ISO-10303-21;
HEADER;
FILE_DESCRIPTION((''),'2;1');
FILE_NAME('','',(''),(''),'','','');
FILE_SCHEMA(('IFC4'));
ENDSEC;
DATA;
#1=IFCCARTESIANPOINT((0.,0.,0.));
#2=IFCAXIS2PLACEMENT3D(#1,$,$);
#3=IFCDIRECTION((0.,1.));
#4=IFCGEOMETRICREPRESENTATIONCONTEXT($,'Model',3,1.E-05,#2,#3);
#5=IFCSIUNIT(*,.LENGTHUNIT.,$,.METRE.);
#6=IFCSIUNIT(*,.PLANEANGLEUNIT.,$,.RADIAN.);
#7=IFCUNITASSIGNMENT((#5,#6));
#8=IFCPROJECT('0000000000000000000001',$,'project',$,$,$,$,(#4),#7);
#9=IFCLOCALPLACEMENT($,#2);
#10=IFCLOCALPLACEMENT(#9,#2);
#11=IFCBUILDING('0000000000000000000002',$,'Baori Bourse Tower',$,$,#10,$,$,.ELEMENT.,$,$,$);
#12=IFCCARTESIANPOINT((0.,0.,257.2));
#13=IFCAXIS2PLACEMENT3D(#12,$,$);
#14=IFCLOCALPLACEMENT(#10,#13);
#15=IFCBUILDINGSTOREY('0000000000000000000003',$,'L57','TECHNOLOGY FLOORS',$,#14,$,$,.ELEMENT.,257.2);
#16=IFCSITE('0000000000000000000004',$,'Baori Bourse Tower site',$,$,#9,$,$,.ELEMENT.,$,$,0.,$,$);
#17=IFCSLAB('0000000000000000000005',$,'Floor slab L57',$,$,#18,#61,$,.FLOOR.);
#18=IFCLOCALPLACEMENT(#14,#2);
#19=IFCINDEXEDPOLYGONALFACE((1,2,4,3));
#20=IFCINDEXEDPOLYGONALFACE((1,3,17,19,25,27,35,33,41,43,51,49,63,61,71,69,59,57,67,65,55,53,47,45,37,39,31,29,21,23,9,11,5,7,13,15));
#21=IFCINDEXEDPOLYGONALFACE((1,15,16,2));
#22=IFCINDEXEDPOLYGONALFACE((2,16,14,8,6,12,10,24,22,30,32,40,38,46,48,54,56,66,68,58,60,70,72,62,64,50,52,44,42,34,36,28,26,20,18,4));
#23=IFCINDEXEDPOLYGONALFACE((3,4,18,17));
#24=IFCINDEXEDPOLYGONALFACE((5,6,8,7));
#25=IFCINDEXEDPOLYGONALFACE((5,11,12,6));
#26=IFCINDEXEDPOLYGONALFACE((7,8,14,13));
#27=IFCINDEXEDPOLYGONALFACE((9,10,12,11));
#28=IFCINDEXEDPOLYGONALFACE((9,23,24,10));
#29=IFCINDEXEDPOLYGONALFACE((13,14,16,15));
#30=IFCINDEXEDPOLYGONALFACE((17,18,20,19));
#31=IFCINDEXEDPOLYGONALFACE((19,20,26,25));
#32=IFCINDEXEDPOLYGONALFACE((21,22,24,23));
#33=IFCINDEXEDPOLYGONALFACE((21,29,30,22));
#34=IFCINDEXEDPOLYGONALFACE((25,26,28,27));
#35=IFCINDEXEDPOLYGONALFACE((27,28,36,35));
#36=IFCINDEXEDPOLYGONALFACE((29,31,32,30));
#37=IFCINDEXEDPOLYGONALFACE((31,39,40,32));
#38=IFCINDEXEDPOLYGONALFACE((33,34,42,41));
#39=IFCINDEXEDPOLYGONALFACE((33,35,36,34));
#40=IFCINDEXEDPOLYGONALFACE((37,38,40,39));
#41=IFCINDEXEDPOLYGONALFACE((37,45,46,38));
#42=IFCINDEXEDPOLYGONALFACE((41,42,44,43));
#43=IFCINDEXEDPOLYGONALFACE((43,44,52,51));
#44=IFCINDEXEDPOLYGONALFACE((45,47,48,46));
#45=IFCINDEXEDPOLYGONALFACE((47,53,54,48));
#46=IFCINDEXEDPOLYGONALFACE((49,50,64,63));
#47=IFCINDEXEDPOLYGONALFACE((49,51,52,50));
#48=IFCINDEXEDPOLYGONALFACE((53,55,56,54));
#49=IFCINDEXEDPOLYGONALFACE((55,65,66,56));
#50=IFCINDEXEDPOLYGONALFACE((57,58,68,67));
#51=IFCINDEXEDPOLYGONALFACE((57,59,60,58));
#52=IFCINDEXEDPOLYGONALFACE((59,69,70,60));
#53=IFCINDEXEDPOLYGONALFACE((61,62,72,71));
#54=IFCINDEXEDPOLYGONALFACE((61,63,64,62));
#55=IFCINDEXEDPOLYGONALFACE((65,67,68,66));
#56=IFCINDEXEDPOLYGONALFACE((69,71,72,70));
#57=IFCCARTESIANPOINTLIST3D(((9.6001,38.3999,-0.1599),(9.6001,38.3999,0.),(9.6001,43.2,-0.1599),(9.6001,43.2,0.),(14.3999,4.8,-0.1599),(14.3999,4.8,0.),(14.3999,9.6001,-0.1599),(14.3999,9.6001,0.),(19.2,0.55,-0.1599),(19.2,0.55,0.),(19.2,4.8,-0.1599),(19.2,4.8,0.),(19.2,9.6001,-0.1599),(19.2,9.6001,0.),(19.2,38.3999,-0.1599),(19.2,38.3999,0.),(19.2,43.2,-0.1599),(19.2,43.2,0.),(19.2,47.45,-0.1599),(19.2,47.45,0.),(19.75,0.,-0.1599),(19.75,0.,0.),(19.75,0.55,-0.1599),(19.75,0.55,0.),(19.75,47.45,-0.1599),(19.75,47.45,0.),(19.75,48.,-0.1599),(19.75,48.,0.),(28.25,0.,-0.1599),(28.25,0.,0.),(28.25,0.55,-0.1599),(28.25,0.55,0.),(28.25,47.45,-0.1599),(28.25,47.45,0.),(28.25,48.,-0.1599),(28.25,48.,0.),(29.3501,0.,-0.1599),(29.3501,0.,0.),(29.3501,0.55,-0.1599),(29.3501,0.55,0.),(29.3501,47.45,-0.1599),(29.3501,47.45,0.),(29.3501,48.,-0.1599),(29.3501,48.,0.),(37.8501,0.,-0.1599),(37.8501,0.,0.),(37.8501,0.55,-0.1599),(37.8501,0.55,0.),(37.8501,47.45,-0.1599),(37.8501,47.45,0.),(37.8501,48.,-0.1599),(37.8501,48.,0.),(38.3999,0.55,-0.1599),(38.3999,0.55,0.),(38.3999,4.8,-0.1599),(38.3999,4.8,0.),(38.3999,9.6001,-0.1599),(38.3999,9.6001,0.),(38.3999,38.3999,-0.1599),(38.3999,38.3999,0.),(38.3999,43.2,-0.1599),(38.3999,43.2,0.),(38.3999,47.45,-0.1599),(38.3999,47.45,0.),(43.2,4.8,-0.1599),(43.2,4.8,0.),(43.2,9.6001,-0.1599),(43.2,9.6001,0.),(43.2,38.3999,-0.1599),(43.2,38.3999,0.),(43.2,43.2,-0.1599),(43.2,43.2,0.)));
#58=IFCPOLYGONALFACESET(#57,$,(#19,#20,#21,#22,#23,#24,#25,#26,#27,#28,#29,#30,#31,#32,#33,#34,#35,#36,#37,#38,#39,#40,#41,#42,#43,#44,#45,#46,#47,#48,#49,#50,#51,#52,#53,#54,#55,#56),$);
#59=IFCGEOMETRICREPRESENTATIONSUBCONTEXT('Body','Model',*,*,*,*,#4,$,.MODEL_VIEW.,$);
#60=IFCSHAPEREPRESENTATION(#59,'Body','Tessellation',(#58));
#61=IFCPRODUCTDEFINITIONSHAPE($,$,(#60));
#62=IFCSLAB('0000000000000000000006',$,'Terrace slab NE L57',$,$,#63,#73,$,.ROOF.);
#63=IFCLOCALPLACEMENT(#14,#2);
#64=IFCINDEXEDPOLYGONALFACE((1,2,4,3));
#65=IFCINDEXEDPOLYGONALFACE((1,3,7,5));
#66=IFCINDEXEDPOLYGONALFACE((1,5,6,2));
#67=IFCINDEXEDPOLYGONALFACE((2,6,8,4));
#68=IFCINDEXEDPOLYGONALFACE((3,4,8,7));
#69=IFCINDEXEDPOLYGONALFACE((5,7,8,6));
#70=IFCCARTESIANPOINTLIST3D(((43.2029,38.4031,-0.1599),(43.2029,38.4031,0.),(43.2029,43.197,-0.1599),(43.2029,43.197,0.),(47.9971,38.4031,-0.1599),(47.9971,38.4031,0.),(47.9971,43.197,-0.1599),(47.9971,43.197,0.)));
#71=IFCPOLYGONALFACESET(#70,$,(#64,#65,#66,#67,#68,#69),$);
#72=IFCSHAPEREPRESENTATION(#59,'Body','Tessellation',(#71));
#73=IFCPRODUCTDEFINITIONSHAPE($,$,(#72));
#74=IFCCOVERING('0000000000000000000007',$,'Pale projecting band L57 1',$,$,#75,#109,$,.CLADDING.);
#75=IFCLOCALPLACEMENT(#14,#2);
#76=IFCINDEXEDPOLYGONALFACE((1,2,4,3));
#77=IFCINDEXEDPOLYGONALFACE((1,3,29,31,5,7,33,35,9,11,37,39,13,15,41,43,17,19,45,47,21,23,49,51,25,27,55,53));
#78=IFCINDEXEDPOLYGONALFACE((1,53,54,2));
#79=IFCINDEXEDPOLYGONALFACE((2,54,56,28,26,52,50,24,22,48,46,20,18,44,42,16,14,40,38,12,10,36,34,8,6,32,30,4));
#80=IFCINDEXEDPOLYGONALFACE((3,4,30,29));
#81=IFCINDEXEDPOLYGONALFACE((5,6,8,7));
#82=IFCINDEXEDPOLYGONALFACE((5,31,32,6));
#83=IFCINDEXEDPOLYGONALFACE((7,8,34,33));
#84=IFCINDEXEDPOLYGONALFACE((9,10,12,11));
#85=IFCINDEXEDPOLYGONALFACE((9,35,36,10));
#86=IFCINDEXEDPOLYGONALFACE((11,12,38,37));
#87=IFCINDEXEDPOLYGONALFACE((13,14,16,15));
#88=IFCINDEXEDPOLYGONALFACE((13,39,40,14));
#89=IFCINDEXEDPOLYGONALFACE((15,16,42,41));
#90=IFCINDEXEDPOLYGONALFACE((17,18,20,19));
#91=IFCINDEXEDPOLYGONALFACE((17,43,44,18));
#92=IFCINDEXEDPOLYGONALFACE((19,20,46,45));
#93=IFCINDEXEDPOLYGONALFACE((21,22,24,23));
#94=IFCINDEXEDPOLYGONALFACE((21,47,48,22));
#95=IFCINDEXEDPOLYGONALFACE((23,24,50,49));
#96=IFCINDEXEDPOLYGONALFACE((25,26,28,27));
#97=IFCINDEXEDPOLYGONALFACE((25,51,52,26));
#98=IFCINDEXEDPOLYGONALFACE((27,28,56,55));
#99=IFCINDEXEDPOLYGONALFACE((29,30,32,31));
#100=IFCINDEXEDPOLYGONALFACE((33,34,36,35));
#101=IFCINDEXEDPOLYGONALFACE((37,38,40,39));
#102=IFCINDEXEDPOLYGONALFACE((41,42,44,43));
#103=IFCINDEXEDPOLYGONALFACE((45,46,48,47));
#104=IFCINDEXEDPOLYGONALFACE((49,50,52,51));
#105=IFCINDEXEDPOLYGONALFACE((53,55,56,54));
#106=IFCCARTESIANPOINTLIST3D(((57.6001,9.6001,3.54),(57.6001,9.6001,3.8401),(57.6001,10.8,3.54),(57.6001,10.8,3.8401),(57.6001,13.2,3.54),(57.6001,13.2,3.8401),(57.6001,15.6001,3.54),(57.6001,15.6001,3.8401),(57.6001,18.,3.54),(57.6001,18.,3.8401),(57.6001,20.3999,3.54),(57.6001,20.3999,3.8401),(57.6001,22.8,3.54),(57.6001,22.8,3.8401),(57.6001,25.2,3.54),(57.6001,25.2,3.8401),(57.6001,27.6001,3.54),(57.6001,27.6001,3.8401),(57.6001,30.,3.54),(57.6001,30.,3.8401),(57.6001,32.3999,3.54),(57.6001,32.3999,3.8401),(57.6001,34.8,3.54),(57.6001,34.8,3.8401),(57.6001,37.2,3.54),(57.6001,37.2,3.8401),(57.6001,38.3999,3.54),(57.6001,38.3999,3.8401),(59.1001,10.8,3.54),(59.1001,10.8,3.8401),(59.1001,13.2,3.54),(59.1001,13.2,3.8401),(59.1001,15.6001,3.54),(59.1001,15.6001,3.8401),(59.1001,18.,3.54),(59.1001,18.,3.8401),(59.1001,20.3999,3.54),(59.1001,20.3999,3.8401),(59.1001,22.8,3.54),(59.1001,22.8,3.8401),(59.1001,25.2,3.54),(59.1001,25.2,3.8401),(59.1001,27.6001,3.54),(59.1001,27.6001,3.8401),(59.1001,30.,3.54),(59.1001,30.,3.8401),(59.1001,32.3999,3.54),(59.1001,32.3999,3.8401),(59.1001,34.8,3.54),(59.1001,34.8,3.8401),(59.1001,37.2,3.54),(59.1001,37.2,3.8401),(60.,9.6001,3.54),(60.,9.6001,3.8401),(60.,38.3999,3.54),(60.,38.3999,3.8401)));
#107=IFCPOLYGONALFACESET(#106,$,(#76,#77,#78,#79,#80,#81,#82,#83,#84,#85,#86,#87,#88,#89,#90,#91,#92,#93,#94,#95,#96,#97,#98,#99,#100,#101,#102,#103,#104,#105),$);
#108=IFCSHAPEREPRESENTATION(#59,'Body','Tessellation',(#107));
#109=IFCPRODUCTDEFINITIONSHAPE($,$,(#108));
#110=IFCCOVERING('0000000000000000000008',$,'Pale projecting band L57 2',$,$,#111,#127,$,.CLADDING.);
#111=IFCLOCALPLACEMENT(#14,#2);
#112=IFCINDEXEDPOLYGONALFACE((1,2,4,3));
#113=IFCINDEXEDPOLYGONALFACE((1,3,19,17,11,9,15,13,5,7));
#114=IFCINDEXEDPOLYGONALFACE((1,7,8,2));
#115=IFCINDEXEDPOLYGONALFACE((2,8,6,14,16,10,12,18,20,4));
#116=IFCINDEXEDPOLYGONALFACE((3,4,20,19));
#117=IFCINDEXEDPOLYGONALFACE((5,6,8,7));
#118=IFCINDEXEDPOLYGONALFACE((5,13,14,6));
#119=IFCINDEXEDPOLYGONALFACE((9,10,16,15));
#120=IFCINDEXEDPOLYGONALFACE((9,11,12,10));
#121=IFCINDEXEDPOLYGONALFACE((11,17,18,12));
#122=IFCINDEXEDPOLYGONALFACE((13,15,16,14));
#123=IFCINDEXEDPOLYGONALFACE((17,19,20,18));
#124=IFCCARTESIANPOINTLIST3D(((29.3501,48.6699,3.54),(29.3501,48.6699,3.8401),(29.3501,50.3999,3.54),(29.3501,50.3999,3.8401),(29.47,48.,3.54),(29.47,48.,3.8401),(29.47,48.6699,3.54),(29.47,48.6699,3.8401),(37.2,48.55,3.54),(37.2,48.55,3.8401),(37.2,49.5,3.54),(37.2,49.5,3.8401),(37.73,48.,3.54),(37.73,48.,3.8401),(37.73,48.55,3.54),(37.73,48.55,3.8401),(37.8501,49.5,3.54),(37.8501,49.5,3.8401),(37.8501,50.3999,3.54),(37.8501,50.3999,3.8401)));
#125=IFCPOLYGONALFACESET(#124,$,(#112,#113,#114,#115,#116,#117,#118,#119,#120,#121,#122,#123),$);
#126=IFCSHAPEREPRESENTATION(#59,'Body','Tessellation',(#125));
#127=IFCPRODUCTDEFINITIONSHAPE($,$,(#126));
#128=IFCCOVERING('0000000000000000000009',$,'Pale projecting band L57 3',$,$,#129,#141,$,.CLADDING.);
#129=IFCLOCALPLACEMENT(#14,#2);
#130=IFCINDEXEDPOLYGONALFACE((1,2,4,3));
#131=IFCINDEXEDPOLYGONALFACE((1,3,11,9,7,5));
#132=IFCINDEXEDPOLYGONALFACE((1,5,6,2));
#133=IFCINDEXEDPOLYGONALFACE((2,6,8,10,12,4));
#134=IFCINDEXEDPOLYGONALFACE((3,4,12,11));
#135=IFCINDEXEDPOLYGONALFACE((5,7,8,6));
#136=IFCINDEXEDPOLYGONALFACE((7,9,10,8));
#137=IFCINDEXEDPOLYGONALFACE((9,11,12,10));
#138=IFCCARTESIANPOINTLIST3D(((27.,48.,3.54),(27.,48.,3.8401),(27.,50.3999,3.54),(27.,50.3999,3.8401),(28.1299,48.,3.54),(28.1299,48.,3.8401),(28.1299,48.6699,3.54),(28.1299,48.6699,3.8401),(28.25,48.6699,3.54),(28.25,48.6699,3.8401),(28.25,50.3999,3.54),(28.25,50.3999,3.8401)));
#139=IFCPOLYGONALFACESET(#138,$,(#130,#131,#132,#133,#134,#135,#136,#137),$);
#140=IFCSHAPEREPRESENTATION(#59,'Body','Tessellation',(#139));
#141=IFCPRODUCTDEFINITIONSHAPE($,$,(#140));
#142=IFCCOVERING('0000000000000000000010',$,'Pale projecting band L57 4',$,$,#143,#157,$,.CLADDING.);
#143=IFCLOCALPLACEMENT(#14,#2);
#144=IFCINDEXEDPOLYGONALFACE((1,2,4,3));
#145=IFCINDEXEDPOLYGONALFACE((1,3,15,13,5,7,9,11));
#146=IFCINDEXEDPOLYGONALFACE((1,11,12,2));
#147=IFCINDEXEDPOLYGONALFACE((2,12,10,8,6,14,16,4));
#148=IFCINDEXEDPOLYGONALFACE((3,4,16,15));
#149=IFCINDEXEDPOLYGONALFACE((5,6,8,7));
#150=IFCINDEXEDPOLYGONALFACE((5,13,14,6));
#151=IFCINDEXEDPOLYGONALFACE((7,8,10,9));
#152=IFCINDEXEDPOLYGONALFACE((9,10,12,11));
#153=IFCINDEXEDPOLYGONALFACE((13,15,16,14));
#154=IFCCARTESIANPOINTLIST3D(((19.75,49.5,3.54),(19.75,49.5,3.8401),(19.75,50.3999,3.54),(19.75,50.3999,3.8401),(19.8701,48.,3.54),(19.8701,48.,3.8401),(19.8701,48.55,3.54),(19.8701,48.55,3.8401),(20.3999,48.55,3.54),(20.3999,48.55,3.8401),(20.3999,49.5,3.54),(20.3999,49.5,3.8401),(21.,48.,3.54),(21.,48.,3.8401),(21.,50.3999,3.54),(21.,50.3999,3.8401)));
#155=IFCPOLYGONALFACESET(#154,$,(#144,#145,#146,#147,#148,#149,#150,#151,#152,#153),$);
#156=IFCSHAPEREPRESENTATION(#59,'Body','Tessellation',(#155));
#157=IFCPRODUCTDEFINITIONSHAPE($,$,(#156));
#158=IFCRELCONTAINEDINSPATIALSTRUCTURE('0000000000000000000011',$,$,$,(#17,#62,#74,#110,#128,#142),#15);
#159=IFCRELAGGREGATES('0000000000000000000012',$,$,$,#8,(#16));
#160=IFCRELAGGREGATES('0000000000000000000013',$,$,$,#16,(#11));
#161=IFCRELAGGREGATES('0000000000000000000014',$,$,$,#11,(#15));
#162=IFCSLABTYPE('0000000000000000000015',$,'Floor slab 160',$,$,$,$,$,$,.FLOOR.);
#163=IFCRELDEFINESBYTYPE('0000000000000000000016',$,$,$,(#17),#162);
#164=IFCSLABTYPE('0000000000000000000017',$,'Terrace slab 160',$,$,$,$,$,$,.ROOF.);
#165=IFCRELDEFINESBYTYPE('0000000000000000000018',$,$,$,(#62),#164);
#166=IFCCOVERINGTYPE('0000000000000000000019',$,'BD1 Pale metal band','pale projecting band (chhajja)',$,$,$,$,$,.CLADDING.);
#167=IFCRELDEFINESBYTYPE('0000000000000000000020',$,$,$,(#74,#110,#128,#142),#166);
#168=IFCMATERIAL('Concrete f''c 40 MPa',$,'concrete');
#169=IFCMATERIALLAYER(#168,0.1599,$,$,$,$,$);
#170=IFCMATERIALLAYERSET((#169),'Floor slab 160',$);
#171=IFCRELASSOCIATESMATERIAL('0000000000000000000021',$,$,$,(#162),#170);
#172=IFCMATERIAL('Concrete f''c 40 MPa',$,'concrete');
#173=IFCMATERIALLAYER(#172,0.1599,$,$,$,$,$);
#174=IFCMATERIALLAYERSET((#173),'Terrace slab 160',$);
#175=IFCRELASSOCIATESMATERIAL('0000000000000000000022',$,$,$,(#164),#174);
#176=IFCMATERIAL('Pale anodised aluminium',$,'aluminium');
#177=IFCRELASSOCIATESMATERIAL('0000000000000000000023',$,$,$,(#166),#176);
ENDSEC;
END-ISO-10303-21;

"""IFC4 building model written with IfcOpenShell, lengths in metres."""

from ifc_helpers import new_model, si_unit, direction, frame, origin, place, context, subcontext, project, spatial, polyline, outline, extrude, material, layer, layer_set, type_object, element, save


model = new_model("IFC4")

# Units and contexts
model_context = context("Model", 3, precision=1e-05, world=origin(), true_north=direction((0.0, 1.0)))
body_context = subcontext(model_context, "Body", "Model", "MODEL_VIEW")
ifc_project = project(units=[si_unit("LENGTHUNIT", "METRE"), si_unit("PLANEANGLEUNIT", "RADIAN")], contexts=[model_context])

# Site, building, storey
site_placement = place(None, origin())
site = spatial("IfcSite", under=ifc_project, at=site_placement, Name="Baori Bourse Tower site", CompositionType="ELEMENT", RefElevation=0.0)
building_placement = place(site_placement, origin())
building = spatial("IfcBuilding", under=site, at=building_placement, Name="Baori Bourse Tower", CompositionType="ELEMENT")
storey_placement = place(building_placement, frame((0.0, 0.0, 257.2)))
storey = spatial("IfcBuildingStorey", under=building, at=storey_placement, Name="L57", Description="TECHNOLOGY FLOORS", CompositionType="ELEMENT", Elevation=257.2)

# Slabs
ifc_material_1 = material(Name="Concrete f'c 40 MPa", Category="concrete")
ifc_layer_1 = layer(ifc_material_1, 0.1599)
ifc_layer_set_1 = layer_set([ifc_layer_1], Name="Floor slab 160")
slab_type_1 = type_object("IfcSlabType", Name="Floor slab 160", PredefinedType="FLOOR", material=ifc_layer_set_1)
slab_1_placement = place(storey_placement, frame((0.0, 0.0, -0.1599)))
element("IfcSlab", 1, at=slab_1_placement, inside=storey, type_object=slab_type_1, Name="Floor slab L57", PredefinedType="FLOOR", context=body_context, shape_type="SweptSolid", body=[
    extrude(outline(polyline([(19.2, 4.8), (14.3999, 4.8), (14.3999, 9.6001), (19.2, 9.6001), (19.2, 38.3999), (9.6001, 38.3999), (9.6001, 43.2), (19.2, 43.2), (19.2, 47.45), (19.75, 47.45), (19.75, 48.0), (28.25, 48.0), (28.25, 47.45), (29.3501, 47.45), (29.3501, 48.0), (37.8501, 48.0), (37.8501, 47.45), (38.3999, 47.45), (38.3999, 43.2), (43.2, 43.2), (43.2, 38.3999), (38.3999, 38.3999), (38.3999, 9.6001), (43.2, 9.6001), (43.2, 4.8), (38.3999, 4.8), (38.3999, 0.55), (37.8501, 0.55), (37.8501, 0.0), (29.3501, 0.0), (29.3501, 0.55), (28.25, 0.55), (28.25, 0.0), (19.75, 0.0), (19.75, 0.55), (19.2, 0.55), (19.2, 4.8)])), origin(), (0.0, 0.0, 1.0), 0.1599),
])
ifc_material_2 = material(Name="Concrete f'c 40 MPa", Category="concrete")
ifc_layer_2 = layer(ifc_material_2, 0.1599)
ifc_layer_set_2 = layer_set([ifc_layer_2], Name="Terrace slab 160")
slab_type_2 = type_object("IfcSlabType", Name="Terrace slab 160", PredefinedType="ROOF", material=ifc_layer_set_2)
slab_2_placement = place(storey_placement, frame((0.0, 0.0, -0.1599)))
element("IfcSlab", 2, at=slab_2_placement, inside=storey, type_object=slab_type_2, Name="Terrace slab NE L57", PredefinedType="ROOF", context=body_context, shape_type="SweptSolid", body=[
    extrude(outline(polyline([(43.2029, 43.197), (47.9971, 43.197), (47.9971, 38.4031), (43.2029, 38.4031), (43.2029, 43.197)])), origin(), (0.0, 0.0, 1.0), 0.1599),
])

# Coverings
ifc_material_3 = material(Name="Pale anodised aluminium", Category="aluminium")
covering_type_1 = type_object("IfcCoveringType", Name="BD1 Pale metal band", Description="pale projecting band (chhajja)", PredefinedType="CLADDING", material=ifc_material_3)
covering_1_placement = place(storey_placement, frame((0.0, 0.0, 3.54)))
element("IfcCovering", 3, at=covering_1_placement, inside=storey, type_object=covering_type_1, Name="Pale projecting band L57 1", PredefinedType="CLADDING", context=body_context, shape_type="SweptSolid", body=[
    extrude(outline(polyline([(57.6001, 10.8), (57.6001, 9.6001), (60.0, 9.6001), (60.0, 38.3999), (57.6001, 38.3999), (57.6001, 37.2), (59.1001, 37.2), (59.1001, 34.8), (57.6001, 34.8), (57.6001, 32.3999), (59.1001, 32.3999), (59.1001, 30.0), (57.6001, 30.0), (57.6001, 27.6001), (59.1001, 27.6001), (59.1001, 25.2), (57.6001, 25.2), (57.6001, 22.8), (59.1001, 22.8), (59.1001, 20.3999), (57.6001, 20.3999), (57.6001, 18.0), (59.1001, 18.0), (59.1001, 15.6001), (57.6001, 15.6001), (57.6001, 13.2), (59.1001, 13.2), (59.1001, 10.8), (57.6001, 10.8)])), origin(), (0.0, 0.0, 1.0), 0.3),
])
covering_2_placement = place(storey_placement, frame((0.0, 0.0, 3.54)))
element("IfcCovering", 4, at=covering_2_placement, inside=storey, type_object=covering_type_1, Name="Pale projecting band L57 2", PredefinedType="CLADDING", context=body_context, shape_type="SweptSolid", body=[
    extrude(outline(polyline([(29.47, 48.0), (37.73, 48.0), (37.73, 48.55), (37.2, 48.55), (37.2, 49.5), (37.8501, 49.5), (37.8501, 50.3999), (29.3501, 50.3999), (29.3501, 48.6699), (29.47, 48.6699), (29.47, 48.0)])), origin(), (0.0, 0.0, 1.0), 0.3),
])
covering_3_placement = place(storey_placement, frame((0.0, 0.0, 3.54)))
element("IfcCovering", 5, at=covering_3_placement, inside=storey, type_object=covering_type_1, Name="Pale projecting band L57 3", PredefinedType="CLADDING", context=body_context, shape_type="SweptSolid", body=[
    extrude(outline(polyline([(27.0, 48.0), (28.1299, 48.0), (28.1299, 48.6699), (28.25, 48.6699), (28.25, 50.3999), (27.0, 50.3999), (27.0, 48.0)])), origin(), (0.0, 0.0, 1.0), 0.3),
])
covering_4_placement = place(storey_placement, frame((0.0, 0.0, 3.54)))
element("IfcCovering", 6, at=covering_4_placement, inside=storey, type_object=covering_type_1, Name="Pale projecting band L57 4", PredefinedType="CLADDING", context=body_context, shape_type="SweptSolid", body=[
    extrude(outline(polyline([(19.8701, 48.0), (21.0, 48.0), (21.0, 50.3999), (19.75, 50.3999), (19.75, 49.5), (20.3999, 49.5), (20.3999, 48.55), (19.8701, 48.55), (19.8701, 48.0)])), origin(), (0.0, 0.0, 1.0), 0.3),
])

save(model, "model.ifc")
